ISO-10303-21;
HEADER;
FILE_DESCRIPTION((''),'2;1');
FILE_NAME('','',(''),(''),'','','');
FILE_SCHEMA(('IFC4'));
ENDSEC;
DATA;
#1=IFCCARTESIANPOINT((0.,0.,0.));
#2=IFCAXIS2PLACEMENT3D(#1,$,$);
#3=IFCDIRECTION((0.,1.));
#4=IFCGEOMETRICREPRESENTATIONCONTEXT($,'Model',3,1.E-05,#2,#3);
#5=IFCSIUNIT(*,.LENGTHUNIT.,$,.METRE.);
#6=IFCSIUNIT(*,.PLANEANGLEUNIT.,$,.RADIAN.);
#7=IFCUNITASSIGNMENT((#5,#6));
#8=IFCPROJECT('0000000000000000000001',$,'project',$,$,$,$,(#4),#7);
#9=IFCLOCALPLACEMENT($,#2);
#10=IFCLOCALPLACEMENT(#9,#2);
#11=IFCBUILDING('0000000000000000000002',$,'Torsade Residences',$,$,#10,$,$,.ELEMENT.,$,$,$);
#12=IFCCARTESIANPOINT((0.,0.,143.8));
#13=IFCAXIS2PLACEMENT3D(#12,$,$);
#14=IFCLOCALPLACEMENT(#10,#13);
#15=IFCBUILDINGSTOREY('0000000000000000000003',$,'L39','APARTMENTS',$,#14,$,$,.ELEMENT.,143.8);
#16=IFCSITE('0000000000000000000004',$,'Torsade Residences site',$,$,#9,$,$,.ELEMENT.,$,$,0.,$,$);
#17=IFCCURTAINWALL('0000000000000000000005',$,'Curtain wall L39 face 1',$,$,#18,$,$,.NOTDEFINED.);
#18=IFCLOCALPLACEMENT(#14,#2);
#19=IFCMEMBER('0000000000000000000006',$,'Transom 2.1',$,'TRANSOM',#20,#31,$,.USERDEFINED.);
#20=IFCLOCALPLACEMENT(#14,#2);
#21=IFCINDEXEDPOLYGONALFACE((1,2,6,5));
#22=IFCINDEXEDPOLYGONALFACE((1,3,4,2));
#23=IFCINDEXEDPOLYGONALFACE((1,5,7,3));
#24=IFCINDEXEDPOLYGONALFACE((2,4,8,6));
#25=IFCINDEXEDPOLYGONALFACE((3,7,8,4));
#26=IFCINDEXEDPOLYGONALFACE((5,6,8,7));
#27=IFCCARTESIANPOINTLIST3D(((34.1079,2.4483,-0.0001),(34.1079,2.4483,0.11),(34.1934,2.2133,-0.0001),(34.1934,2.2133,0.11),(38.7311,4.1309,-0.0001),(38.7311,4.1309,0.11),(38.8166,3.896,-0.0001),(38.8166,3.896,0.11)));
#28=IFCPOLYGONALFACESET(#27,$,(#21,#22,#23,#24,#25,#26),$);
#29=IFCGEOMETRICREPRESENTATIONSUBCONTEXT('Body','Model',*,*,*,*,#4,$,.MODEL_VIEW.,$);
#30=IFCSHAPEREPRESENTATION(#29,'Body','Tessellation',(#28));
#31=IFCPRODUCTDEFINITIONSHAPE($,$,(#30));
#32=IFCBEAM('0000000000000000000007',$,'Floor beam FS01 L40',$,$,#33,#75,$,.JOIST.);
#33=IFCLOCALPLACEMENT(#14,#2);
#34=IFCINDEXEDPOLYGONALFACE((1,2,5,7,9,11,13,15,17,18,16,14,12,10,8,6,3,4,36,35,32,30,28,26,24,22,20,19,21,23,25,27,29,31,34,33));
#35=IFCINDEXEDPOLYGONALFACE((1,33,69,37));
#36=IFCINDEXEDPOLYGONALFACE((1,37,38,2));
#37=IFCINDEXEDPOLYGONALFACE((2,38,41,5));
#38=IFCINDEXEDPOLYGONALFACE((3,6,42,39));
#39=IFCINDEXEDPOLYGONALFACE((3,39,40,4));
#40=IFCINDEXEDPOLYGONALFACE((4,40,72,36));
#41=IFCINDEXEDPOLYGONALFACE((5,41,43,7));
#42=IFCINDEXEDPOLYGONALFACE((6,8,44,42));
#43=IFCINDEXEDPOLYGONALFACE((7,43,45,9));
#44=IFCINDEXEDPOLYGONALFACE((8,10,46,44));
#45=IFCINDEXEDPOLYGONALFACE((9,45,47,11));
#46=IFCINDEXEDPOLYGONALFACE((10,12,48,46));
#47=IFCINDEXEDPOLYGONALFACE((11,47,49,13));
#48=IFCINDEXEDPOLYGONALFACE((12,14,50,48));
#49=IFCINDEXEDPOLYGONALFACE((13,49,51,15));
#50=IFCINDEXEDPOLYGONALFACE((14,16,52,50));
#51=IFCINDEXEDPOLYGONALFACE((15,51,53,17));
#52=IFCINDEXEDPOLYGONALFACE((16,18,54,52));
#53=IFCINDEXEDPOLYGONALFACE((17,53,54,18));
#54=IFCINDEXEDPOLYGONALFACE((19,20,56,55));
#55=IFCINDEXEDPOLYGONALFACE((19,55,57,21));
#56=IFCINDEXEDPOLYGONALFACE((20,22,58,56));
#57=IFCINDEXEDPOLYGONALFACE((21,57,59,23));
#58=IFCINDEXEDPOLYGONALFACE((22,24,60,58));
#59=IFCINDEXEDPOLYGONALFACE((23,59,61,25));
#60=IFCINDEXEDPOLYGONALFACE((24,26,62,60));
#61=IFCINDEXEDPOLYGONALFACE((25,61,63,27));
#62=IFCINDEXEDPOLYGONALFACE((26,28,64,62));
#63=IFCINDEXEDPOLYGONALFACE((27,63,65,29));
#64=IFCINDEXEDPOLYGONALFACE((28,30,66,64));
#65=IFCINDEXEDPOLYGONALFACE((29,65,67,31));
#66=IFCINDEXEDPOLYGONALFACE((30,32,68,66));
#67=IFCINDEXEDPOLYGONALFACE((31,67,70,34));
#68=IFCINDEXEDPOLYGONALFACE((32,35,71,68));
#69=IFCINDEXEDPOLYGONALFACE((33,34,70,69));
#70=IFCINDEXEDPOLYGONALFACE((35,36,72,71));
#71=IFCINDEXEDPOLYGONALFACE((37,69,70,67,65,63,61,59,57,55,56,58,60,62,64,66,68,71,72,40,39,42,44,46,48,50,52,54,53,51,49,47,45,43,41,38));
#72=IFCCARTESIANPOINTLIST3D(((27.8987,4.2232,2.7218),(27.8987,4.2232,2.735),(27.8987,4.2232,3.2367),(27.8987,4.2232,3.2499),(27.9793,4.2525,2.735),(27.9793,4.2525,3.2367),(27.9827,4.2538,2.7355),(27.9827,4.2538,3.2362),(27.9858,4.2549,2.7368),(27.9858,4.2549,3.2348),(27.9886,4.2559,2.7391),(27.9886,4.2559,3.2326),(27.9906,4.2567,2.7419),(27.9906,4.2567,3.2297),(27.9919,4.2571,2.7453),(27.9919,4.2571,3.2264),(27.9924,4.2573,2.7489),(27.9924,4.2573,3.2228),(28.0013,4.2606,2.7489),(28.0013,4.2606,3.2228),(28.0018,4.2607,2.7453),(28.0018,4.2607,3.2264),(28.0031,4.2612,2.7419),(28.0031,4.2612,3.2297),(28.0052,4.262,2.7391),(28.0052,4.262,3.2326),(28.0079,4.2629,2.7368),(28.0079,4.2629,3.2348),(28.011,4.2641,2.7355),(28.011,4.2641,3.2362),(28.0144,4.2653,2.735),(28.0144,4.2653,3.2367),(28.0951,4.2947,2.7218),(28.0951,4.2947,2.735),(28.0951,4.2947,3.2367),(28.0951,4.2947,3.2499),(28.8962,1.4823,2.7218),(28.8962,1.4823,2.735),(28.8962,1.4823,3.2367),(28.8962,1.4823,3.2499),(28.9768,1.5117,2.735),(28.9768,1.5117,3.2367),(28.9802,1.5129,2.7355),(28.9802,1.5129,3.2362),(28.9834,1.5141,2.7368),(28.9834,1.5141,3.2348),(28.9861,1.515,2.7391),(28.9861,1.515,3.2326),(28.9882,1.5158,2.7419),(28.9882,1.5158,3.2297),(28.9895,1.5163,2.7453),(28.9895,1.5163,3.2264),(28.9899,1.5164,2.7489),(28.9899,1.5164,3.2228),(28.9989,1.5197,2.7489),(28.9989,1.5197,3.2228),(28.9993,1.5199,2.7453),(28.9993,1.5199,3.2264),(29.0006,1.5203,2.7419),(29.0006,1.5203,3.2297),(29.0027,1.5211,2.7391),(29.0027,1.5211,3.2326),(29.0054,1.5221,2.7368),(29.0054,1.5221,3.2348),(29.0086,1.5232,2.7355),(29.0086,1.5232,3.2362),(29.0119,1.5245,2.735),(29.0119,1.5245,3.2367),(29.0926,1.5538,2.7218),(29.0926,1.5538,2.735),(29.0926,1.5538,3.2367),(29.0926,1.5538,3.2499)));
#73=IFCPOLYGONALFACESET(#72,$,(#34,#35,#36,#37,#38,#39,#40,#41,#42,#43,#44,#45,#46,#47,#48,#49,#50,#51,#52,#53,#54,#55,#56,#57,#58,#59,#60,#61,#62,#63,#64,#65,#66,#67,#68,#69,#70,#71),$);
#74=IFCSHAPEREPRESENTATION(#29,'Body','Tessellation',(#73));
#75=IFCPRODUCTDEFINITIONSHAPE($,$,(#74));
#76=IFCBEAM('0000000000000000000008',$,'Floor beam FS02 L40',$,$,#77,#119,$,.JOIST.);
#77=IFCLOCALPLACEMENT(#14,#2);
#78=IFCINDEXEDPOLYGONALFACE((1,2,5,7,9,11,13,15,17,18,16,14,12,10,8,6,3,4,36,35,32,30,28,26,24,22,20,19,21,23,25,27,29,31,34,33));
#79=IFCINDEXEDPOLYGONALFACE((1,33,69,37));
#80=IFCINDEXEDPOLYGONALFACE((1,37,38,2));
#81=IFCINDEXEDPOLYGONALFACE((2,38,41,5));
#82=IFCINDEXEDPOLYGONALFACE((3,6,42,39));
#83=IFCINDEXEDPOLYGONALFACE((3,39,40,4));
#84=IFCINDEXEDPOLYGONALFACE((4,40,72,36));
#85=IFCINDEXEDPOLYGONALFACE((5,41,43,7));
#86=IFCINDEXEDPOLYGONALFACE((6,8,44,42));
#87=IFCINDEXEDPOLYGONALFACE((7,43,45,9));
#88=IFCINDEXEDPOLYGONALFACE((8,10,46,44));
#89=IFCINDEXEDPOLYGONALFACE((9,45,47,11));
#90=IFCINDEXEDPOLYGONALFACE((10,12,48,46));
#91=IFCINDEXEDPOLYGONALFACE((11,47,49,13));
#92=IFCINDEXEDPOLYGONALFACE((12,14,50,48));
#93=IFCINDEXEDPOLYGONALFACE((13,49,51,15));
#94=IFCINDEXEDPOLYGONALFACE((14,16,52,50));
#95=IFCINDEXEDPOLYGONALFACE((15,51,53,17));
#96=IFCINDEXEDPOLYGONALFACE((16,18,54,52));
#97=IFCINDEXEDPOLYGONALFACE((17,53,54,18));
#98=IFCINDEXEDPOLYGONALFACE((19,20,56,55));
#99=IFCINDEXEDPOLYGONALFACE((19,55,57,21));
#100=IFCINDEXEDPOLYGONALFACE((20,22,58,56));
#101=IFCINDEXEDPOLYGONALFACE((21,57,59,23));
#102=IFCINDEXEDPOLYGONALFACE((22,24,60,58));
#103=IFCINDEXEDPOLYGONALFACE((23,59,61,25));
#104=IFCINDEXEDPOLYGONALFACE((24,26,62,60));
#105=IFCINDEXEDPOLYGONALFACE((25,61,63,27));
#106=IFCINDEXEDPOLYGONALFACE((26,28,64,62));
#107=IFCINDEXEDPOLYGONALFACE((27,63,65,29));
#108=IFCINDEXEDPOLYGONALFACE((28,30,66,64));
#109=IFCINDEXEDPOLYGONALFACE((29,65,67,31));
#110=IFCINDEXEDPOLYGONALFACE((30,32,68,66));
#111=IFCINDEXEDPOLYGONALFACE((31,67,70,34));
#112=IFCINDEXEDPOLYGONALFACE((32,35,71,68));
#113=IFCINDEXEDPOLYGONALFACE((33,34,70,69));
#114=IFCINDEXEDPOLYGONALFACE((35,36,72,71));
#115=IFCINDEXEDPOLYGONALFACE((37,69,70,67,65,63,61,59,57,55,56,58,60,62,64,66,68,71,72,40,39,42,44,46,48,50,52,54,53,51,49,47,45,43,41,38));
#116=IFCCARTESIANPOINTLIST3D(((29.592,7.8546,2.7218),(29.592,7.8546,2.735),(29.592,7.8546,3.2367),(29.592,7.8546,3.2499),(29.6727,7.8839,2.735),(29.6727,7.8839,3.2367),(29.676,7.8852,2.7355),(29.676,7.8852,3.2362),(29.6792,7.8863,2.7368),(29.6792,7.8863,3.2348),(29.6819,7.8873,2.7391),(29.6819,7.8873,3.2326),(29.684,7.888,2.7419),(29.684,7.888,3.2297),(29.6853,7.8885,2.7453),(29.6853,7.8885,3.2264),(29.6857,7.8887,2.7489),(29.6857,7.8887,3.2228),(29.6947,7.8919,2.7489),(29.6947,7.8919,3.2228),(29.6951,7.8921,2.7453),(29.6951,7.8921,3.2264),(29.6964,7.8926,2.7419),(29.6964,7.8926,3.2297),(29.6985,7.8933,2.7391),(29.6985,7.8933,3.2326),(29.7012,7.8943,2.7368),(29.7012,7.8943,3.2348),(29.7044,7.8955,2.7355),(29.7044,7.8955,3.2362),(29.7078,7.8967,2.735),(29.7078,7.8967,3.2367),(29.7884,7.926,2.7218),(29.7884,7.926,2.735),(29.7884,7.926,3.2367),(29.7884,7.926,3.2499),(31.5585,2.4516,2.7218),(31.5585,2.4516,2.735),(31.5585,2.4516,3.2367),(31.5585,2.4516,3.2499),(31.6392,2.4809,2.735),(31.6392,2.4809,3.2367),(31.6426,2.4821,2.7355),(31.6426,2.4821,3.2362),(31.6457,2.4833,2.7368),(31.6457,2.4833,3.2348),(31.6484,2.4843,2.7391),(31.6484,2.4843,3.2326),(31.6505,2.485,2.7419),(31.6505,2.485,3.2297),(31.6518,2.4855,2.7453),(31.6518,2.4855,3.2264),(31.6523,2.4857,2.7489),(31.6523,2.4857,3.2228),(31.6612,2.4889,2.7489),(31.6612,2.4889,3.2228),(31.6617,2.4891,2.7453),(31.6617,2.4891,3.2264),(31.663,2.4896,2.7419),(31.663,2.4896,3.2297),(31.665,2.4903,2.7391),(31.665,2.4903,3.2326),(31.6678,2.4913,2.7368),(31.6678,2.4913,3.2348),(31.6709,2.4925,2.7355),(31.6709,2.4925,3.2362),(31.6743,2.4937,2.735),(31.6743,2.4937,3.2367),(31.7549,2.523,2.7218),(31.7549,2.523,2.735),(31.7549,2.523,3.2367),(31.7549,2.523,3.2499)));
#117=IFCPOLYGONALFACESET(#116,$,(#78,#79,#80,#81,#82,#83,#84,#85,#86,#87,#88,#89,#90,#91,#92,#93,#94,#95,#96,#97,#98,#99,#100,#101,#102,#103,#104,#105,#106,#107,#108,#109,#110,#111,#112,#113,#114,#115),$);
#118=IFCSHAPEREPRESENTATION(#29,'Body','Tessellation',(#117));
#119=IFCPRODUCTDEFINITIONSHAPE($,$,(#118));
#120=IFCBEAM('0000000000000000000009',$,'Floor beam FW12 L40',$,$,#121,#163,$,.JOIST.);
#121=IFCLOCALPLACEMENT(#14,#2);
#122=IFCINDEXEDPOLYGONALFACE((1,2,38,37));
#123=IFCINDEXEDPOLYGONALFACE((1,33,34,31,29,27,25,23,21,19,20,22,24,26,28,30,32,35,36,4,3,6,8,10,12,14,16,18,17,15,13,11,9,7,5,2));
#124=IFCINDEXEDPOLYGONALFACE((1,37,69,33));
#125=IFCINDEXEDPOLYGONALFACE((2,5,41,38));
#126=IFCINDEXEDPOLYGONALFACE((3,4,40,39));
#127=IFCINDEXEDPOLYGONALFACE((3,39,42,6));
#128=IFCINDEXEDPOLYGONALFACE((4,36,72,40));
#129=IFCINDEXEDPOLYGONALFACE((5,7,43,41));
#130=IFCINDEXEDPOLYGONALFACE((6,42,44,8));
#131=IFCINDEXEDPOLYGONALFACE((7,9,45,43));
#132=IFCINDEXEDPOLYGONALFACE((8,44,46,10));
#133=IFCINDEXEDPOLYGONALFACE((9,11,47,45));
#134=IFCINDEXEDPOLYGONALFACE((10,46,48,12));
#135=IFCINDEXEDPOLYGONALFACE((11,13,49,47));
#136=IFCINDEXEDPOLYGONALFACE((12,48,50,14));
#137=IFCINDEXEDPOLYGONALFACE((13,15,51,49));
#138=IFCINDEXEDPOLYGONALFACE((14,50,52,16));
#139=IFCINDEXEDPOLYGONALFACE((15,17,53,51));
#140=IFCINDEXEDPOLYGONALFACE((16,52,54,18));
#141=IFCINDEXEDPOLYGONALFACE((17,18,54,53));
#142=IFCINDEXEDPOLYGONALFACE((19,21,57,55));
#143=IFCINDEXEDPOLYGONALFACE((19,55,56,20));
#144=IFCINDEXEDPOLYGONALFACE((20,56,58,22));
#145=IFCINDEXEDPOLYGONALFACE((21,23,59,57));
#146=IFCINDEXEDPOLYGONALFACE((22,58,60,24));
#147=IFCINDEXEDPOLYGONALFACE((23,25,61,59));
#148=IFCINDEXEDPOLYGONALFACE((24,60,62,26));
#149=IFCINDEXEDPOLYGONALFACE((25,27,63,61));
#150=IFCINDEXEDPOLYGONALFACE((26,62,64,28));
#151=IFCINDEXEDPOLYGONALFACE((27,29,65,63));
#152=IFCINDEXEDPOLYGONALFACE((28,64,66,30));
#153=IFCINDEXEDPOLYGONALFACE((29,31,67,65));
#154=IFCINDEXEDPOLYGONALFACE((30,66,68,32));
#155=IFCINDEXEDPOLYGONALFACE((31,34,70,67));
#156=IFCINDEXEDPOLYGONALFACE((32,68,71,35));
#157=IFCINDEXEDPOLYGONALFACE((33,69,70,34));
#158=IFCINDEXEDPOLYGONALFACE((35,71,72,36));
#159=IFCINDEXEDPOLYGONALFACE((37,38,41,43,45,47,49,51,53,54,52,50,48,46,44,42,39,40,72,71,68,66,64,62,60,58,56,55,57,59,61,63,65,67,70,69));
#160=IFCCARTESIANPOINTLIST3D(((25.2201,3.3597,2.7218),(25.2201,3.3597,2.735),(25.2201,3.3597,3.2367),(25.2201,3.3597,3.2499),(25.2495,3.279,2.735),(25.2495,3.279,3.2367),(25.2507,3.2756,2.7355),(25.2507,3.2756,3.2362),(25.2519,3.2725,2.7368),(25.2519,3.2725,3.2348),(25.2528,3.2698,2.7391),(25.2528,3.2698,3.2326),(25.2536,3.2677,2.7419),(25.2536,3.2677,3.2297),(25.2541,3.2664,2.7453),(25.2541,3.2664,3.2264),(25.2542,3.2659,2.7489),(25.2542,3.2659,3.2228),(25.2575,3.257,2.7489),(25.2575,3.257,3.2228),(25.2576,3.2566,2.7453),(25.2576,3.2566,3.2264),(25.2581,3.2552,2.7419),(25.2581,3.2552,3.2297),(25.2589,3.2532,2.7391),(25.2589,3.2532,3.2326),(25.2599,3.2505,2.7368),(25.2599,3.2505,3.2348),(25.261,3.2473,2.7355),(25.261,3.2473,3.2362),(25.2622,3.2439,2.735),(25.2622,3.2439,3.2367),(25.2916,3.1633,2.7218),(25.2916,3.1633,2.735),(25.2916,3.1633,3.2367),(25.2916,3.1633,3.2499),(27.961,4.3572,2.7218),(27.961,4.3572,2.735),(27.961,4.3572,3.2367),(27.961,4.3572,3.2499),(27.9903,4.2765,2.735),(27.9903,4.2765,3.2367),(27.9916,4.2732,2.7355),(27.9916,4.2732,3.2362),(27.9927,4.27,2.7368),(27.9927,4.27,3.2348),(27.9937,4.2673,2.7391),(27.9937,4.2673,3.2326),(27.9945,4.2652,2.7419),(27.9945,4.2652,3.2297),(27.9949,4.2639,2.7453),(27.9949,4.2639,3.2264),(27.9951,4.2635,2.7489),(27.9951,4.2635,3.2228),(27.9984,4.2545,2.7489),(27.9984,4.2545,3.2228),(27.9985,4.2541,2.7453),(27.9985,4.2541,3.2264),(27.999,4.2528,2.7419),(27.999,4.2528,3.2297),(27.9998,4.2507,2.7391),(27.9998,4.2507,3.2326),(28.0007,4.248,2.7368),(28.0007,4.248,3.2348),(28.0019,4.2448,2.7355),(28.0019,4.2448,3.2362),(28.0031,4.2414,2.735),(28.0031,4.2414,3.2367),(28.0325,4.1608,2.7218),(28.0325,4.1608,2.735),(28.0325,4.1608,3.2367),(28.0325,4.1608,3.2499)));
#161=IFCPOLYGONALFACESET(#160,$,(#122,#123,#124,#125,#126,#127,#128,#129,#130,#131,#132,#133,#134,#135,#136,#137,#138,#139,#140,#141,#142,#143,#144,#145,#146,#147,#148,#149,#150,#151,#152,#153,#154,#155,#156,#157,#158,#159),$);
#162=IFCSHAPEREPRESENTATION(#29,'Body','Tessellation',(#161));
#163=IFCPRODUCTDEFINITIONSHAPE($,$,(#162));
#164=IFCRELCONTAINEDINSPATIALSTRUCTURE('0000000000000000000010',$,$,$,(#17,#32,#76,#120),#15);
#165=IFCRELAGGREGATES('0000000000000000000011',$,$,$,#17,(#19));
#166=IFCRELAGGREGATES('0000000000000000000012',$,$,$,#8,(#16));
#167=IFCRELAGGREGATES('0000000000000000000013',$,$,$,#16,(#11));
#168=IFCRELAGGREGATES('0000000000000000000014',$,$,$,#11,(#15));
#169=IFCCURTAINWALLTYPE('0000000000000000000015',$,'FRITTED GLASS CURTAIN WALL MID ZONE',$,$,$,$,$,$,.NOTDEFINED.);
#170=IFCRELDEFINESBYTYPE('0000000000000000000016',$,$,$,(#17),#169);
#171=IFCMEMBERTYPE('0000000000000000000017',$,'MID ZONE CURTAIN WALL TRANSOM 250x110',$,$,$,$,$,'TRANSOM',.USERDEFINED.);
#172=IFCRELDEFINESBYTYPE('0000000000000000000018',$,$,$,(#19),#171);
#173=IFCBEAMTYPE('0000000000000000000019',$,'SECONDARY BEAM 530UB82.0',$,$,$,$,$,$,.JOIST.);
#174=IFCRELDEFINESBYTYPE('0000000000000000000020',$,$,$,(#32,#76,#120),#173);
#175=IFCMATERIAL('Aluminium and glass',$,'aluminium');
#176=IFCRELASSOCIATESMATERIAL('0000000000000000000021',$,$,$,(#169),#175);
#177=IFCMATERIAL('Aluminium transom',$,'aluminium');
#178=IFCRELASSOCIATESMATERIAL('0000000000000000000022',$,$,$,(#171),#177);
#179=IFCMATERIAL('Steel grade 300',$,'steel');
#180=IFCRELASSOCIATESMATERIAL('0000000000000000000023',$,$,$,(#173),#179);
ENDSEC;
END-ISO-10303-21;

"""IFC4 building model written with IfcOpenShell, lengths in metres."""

from ifc_helpers import new_model, si_unit, direction, frame, origin, origin_2d, place, context, subcontext, project, spatial, rectangle, i_section, extrude, material, material_profile, profile_set, type_object, element, aggregate, save


model = new_model("IFC4")

# Units and contexts
model_context = context("Model", 3, precision=1e-05, world=origin(), true_north=direction((0.0, 1.0)))
body_context = subcontext(model_context, "Body", "Model", "MODEL_VIEW")
ifc_project = project(units=[si_unit("LENGTHUNIT", "METRE"), si_unit("PLANEANGLEUNIT", "RADIAN")], contexts=[model_context])

# Site, building, storey
site_placement = place(None, origin())
site = spatial("IfcSite", under=ifc_project, at=site_placement, Name="Torsade Residences site", CompositionType="ELEMENT", RefElevation=0.0)
building_placement = place(site_placement, origin())
building = spatial("IfcBuilding", under=site, at=building_placement, Name="Torsade Residences", CompositionType="ELEMENT")
storey_placement = place(building_placement, frame((0.0, 0.0, 143.8)))
storey = spatial("IfcBuildingStorey", under=building, at=storey_placement, Name="L39", Description="APARTMENTS", CompositionType="ELEMENT", Elevation=143.8)

# Curtain wall, member
ifc_material_1 = material(Name="Aluminium and glass", Category="aluminium")
curtain_wall_type = type_object("IfcCurtainWallType", Name="FRITTED GLASS CURTAIN WALL MID ZONE", PredefinedType="NOTDEFINED", material=ifc_material_1)
curtain_wall_placement = place(storey_placement, origin())
curtain_wall = element("IfcCurtainWall", 1, at=curtain_wall_placement, inside=storey, type_object=curtain_wall_type, Name="Curtain wall L39 face 1", PredefinedType="NOTDEFINED")
ifc_material_2 = material(Name="Aluminium transom", Category="aluminium")
ifc_material_profile_1 = material_profile(ifc_material_2, rectangle(XDim=0.25, YDim=0.1101, at=origin_2d()), Name="MID ZONE CURTAIN WALL TRANSOM 250x110")
ifc_profile_set_1 = profile_set([ifc_material_profile_1], Name="Aluminium transom")
member_type_1 = type_object("IfcMemberType", Name="MID ZONE CURTAIN WALL TRANSOM 250x110", ElementType="TRANSOM", PredefinedType="USERDEFINED", material=ifc_profile_set_1)
member_1_placement = place(storey_placement, frame((34.1506, 2.3308, 0.0549), z_axis=(0.939701, 0.341998, 0.0), x_axis=(-0.341998, 0.939701, 0.0)))
member_1 = element("IfcMember", 2, at=member_1_placement, type_object=member_type_1, Name="Transom 2.1", ObjectType="TRANSOM", PredefinedType="USERDEFINED", context=body_context, shape_type="SweptSolid", body=[
    extrude(rectangle(XDim=0.25, YDim=0.1101, at=origin_2d()), origin(), (0.0, 0.0, 1.0), 4.9199),
])

# Beams
ifc_material_3 = material(Name="Steel grade 300", Category="steel")
ifc_material_profile_2 = material_profile(ifc_material_3, i_section(OverallWidth=0.209, OverallDepth=0.5281, WebThickness=0.0095, FlangeThickness=0.0132, FilletRadius=0.0139, at=origin_2d()), Name="530UB82.0")
ifc_profile_set_2 = profile_set([ifc_material_profile_2], Name="Steel grade 300")
beam_type_1 = type_object("IfcBeamType", Name="SECONDARY BEAM 530UB82.0", PredefinedType="JOIST", material=ifc_profile_set_2)
beam_1_placement = place(storey_placement, frame((28.9944, 1.5181, 2.9858), z_axis=(-0.341998, 0.939701, 0.0), x_axis=(-0.939701, -0.341998, 0.0)))
element("IfcBeam", 3, at=beam_1_placement, inside=storey, type_object=beam_type_1, Name="Floor beam FS01 L40", PredefinedType="JOIST", context=body_context, shape_type="SweptSolid", body=[
    extrude(i_section(OverallWidth=0.209, OverallDepth=0.5281, WebThickness=0.0095, FlangeThickness=0.0132, FilletRadius=0.0139, at=origin_2d()), origin(), (0.0, 0.0, 1.0), 2.9167),
])
beam_2_placement = place(storey_placement, frame((31.6567, 2.4873, 2.9858), z_axis=(-0.342019, 0.939693, 0.0), x_axis=(-0.939693, -0.342019, 0.0)))
element("IfcBeam", 4, at=beam_2_placement, inside=storey, type_object=beam_type_1, Name="Floor beam FS02 L40", PredefinedType="JOIST", context=body_context, shape_type="SweptSolid", body=[
    extrude(i_section(OverallWidth=0.209, OverallDepth=0.5281, WebThickness=0.0095, FlangeThickness=0.0132, FilletRadius=0.0139, at=origin_2d()), origin(), (0.0, 0.0, 1.0), 5.7498),
])
beam_3_placement = place(storey_placement, frame((25.2559, 3.2615, 2.9858), z_axis=(0.939701, 0.341998, 0.0), x_axis=(-0.341998, 0.939701, 0.0)))
element("IfcBeam", 5, at=beam_3_placement, inside=storey, type_object=beam_type_1, Name="Floor beam FW12 L40", PredefinedType="JOIST", context=body_context, shape_type="SweptSolid", body=[
    extrude(i_section(OverallWidth=0.209, OverallDepth=0.5281, WebThickness=0.0095, FlangeThickness=0.0132, FilletRadius=0.0139, at=origin_2d()), origin(), (0.0, 0.0, 1.0), 2.9167),
])

aggregate(curtain_wall, [member_1])

save(model, "model.ifc")
